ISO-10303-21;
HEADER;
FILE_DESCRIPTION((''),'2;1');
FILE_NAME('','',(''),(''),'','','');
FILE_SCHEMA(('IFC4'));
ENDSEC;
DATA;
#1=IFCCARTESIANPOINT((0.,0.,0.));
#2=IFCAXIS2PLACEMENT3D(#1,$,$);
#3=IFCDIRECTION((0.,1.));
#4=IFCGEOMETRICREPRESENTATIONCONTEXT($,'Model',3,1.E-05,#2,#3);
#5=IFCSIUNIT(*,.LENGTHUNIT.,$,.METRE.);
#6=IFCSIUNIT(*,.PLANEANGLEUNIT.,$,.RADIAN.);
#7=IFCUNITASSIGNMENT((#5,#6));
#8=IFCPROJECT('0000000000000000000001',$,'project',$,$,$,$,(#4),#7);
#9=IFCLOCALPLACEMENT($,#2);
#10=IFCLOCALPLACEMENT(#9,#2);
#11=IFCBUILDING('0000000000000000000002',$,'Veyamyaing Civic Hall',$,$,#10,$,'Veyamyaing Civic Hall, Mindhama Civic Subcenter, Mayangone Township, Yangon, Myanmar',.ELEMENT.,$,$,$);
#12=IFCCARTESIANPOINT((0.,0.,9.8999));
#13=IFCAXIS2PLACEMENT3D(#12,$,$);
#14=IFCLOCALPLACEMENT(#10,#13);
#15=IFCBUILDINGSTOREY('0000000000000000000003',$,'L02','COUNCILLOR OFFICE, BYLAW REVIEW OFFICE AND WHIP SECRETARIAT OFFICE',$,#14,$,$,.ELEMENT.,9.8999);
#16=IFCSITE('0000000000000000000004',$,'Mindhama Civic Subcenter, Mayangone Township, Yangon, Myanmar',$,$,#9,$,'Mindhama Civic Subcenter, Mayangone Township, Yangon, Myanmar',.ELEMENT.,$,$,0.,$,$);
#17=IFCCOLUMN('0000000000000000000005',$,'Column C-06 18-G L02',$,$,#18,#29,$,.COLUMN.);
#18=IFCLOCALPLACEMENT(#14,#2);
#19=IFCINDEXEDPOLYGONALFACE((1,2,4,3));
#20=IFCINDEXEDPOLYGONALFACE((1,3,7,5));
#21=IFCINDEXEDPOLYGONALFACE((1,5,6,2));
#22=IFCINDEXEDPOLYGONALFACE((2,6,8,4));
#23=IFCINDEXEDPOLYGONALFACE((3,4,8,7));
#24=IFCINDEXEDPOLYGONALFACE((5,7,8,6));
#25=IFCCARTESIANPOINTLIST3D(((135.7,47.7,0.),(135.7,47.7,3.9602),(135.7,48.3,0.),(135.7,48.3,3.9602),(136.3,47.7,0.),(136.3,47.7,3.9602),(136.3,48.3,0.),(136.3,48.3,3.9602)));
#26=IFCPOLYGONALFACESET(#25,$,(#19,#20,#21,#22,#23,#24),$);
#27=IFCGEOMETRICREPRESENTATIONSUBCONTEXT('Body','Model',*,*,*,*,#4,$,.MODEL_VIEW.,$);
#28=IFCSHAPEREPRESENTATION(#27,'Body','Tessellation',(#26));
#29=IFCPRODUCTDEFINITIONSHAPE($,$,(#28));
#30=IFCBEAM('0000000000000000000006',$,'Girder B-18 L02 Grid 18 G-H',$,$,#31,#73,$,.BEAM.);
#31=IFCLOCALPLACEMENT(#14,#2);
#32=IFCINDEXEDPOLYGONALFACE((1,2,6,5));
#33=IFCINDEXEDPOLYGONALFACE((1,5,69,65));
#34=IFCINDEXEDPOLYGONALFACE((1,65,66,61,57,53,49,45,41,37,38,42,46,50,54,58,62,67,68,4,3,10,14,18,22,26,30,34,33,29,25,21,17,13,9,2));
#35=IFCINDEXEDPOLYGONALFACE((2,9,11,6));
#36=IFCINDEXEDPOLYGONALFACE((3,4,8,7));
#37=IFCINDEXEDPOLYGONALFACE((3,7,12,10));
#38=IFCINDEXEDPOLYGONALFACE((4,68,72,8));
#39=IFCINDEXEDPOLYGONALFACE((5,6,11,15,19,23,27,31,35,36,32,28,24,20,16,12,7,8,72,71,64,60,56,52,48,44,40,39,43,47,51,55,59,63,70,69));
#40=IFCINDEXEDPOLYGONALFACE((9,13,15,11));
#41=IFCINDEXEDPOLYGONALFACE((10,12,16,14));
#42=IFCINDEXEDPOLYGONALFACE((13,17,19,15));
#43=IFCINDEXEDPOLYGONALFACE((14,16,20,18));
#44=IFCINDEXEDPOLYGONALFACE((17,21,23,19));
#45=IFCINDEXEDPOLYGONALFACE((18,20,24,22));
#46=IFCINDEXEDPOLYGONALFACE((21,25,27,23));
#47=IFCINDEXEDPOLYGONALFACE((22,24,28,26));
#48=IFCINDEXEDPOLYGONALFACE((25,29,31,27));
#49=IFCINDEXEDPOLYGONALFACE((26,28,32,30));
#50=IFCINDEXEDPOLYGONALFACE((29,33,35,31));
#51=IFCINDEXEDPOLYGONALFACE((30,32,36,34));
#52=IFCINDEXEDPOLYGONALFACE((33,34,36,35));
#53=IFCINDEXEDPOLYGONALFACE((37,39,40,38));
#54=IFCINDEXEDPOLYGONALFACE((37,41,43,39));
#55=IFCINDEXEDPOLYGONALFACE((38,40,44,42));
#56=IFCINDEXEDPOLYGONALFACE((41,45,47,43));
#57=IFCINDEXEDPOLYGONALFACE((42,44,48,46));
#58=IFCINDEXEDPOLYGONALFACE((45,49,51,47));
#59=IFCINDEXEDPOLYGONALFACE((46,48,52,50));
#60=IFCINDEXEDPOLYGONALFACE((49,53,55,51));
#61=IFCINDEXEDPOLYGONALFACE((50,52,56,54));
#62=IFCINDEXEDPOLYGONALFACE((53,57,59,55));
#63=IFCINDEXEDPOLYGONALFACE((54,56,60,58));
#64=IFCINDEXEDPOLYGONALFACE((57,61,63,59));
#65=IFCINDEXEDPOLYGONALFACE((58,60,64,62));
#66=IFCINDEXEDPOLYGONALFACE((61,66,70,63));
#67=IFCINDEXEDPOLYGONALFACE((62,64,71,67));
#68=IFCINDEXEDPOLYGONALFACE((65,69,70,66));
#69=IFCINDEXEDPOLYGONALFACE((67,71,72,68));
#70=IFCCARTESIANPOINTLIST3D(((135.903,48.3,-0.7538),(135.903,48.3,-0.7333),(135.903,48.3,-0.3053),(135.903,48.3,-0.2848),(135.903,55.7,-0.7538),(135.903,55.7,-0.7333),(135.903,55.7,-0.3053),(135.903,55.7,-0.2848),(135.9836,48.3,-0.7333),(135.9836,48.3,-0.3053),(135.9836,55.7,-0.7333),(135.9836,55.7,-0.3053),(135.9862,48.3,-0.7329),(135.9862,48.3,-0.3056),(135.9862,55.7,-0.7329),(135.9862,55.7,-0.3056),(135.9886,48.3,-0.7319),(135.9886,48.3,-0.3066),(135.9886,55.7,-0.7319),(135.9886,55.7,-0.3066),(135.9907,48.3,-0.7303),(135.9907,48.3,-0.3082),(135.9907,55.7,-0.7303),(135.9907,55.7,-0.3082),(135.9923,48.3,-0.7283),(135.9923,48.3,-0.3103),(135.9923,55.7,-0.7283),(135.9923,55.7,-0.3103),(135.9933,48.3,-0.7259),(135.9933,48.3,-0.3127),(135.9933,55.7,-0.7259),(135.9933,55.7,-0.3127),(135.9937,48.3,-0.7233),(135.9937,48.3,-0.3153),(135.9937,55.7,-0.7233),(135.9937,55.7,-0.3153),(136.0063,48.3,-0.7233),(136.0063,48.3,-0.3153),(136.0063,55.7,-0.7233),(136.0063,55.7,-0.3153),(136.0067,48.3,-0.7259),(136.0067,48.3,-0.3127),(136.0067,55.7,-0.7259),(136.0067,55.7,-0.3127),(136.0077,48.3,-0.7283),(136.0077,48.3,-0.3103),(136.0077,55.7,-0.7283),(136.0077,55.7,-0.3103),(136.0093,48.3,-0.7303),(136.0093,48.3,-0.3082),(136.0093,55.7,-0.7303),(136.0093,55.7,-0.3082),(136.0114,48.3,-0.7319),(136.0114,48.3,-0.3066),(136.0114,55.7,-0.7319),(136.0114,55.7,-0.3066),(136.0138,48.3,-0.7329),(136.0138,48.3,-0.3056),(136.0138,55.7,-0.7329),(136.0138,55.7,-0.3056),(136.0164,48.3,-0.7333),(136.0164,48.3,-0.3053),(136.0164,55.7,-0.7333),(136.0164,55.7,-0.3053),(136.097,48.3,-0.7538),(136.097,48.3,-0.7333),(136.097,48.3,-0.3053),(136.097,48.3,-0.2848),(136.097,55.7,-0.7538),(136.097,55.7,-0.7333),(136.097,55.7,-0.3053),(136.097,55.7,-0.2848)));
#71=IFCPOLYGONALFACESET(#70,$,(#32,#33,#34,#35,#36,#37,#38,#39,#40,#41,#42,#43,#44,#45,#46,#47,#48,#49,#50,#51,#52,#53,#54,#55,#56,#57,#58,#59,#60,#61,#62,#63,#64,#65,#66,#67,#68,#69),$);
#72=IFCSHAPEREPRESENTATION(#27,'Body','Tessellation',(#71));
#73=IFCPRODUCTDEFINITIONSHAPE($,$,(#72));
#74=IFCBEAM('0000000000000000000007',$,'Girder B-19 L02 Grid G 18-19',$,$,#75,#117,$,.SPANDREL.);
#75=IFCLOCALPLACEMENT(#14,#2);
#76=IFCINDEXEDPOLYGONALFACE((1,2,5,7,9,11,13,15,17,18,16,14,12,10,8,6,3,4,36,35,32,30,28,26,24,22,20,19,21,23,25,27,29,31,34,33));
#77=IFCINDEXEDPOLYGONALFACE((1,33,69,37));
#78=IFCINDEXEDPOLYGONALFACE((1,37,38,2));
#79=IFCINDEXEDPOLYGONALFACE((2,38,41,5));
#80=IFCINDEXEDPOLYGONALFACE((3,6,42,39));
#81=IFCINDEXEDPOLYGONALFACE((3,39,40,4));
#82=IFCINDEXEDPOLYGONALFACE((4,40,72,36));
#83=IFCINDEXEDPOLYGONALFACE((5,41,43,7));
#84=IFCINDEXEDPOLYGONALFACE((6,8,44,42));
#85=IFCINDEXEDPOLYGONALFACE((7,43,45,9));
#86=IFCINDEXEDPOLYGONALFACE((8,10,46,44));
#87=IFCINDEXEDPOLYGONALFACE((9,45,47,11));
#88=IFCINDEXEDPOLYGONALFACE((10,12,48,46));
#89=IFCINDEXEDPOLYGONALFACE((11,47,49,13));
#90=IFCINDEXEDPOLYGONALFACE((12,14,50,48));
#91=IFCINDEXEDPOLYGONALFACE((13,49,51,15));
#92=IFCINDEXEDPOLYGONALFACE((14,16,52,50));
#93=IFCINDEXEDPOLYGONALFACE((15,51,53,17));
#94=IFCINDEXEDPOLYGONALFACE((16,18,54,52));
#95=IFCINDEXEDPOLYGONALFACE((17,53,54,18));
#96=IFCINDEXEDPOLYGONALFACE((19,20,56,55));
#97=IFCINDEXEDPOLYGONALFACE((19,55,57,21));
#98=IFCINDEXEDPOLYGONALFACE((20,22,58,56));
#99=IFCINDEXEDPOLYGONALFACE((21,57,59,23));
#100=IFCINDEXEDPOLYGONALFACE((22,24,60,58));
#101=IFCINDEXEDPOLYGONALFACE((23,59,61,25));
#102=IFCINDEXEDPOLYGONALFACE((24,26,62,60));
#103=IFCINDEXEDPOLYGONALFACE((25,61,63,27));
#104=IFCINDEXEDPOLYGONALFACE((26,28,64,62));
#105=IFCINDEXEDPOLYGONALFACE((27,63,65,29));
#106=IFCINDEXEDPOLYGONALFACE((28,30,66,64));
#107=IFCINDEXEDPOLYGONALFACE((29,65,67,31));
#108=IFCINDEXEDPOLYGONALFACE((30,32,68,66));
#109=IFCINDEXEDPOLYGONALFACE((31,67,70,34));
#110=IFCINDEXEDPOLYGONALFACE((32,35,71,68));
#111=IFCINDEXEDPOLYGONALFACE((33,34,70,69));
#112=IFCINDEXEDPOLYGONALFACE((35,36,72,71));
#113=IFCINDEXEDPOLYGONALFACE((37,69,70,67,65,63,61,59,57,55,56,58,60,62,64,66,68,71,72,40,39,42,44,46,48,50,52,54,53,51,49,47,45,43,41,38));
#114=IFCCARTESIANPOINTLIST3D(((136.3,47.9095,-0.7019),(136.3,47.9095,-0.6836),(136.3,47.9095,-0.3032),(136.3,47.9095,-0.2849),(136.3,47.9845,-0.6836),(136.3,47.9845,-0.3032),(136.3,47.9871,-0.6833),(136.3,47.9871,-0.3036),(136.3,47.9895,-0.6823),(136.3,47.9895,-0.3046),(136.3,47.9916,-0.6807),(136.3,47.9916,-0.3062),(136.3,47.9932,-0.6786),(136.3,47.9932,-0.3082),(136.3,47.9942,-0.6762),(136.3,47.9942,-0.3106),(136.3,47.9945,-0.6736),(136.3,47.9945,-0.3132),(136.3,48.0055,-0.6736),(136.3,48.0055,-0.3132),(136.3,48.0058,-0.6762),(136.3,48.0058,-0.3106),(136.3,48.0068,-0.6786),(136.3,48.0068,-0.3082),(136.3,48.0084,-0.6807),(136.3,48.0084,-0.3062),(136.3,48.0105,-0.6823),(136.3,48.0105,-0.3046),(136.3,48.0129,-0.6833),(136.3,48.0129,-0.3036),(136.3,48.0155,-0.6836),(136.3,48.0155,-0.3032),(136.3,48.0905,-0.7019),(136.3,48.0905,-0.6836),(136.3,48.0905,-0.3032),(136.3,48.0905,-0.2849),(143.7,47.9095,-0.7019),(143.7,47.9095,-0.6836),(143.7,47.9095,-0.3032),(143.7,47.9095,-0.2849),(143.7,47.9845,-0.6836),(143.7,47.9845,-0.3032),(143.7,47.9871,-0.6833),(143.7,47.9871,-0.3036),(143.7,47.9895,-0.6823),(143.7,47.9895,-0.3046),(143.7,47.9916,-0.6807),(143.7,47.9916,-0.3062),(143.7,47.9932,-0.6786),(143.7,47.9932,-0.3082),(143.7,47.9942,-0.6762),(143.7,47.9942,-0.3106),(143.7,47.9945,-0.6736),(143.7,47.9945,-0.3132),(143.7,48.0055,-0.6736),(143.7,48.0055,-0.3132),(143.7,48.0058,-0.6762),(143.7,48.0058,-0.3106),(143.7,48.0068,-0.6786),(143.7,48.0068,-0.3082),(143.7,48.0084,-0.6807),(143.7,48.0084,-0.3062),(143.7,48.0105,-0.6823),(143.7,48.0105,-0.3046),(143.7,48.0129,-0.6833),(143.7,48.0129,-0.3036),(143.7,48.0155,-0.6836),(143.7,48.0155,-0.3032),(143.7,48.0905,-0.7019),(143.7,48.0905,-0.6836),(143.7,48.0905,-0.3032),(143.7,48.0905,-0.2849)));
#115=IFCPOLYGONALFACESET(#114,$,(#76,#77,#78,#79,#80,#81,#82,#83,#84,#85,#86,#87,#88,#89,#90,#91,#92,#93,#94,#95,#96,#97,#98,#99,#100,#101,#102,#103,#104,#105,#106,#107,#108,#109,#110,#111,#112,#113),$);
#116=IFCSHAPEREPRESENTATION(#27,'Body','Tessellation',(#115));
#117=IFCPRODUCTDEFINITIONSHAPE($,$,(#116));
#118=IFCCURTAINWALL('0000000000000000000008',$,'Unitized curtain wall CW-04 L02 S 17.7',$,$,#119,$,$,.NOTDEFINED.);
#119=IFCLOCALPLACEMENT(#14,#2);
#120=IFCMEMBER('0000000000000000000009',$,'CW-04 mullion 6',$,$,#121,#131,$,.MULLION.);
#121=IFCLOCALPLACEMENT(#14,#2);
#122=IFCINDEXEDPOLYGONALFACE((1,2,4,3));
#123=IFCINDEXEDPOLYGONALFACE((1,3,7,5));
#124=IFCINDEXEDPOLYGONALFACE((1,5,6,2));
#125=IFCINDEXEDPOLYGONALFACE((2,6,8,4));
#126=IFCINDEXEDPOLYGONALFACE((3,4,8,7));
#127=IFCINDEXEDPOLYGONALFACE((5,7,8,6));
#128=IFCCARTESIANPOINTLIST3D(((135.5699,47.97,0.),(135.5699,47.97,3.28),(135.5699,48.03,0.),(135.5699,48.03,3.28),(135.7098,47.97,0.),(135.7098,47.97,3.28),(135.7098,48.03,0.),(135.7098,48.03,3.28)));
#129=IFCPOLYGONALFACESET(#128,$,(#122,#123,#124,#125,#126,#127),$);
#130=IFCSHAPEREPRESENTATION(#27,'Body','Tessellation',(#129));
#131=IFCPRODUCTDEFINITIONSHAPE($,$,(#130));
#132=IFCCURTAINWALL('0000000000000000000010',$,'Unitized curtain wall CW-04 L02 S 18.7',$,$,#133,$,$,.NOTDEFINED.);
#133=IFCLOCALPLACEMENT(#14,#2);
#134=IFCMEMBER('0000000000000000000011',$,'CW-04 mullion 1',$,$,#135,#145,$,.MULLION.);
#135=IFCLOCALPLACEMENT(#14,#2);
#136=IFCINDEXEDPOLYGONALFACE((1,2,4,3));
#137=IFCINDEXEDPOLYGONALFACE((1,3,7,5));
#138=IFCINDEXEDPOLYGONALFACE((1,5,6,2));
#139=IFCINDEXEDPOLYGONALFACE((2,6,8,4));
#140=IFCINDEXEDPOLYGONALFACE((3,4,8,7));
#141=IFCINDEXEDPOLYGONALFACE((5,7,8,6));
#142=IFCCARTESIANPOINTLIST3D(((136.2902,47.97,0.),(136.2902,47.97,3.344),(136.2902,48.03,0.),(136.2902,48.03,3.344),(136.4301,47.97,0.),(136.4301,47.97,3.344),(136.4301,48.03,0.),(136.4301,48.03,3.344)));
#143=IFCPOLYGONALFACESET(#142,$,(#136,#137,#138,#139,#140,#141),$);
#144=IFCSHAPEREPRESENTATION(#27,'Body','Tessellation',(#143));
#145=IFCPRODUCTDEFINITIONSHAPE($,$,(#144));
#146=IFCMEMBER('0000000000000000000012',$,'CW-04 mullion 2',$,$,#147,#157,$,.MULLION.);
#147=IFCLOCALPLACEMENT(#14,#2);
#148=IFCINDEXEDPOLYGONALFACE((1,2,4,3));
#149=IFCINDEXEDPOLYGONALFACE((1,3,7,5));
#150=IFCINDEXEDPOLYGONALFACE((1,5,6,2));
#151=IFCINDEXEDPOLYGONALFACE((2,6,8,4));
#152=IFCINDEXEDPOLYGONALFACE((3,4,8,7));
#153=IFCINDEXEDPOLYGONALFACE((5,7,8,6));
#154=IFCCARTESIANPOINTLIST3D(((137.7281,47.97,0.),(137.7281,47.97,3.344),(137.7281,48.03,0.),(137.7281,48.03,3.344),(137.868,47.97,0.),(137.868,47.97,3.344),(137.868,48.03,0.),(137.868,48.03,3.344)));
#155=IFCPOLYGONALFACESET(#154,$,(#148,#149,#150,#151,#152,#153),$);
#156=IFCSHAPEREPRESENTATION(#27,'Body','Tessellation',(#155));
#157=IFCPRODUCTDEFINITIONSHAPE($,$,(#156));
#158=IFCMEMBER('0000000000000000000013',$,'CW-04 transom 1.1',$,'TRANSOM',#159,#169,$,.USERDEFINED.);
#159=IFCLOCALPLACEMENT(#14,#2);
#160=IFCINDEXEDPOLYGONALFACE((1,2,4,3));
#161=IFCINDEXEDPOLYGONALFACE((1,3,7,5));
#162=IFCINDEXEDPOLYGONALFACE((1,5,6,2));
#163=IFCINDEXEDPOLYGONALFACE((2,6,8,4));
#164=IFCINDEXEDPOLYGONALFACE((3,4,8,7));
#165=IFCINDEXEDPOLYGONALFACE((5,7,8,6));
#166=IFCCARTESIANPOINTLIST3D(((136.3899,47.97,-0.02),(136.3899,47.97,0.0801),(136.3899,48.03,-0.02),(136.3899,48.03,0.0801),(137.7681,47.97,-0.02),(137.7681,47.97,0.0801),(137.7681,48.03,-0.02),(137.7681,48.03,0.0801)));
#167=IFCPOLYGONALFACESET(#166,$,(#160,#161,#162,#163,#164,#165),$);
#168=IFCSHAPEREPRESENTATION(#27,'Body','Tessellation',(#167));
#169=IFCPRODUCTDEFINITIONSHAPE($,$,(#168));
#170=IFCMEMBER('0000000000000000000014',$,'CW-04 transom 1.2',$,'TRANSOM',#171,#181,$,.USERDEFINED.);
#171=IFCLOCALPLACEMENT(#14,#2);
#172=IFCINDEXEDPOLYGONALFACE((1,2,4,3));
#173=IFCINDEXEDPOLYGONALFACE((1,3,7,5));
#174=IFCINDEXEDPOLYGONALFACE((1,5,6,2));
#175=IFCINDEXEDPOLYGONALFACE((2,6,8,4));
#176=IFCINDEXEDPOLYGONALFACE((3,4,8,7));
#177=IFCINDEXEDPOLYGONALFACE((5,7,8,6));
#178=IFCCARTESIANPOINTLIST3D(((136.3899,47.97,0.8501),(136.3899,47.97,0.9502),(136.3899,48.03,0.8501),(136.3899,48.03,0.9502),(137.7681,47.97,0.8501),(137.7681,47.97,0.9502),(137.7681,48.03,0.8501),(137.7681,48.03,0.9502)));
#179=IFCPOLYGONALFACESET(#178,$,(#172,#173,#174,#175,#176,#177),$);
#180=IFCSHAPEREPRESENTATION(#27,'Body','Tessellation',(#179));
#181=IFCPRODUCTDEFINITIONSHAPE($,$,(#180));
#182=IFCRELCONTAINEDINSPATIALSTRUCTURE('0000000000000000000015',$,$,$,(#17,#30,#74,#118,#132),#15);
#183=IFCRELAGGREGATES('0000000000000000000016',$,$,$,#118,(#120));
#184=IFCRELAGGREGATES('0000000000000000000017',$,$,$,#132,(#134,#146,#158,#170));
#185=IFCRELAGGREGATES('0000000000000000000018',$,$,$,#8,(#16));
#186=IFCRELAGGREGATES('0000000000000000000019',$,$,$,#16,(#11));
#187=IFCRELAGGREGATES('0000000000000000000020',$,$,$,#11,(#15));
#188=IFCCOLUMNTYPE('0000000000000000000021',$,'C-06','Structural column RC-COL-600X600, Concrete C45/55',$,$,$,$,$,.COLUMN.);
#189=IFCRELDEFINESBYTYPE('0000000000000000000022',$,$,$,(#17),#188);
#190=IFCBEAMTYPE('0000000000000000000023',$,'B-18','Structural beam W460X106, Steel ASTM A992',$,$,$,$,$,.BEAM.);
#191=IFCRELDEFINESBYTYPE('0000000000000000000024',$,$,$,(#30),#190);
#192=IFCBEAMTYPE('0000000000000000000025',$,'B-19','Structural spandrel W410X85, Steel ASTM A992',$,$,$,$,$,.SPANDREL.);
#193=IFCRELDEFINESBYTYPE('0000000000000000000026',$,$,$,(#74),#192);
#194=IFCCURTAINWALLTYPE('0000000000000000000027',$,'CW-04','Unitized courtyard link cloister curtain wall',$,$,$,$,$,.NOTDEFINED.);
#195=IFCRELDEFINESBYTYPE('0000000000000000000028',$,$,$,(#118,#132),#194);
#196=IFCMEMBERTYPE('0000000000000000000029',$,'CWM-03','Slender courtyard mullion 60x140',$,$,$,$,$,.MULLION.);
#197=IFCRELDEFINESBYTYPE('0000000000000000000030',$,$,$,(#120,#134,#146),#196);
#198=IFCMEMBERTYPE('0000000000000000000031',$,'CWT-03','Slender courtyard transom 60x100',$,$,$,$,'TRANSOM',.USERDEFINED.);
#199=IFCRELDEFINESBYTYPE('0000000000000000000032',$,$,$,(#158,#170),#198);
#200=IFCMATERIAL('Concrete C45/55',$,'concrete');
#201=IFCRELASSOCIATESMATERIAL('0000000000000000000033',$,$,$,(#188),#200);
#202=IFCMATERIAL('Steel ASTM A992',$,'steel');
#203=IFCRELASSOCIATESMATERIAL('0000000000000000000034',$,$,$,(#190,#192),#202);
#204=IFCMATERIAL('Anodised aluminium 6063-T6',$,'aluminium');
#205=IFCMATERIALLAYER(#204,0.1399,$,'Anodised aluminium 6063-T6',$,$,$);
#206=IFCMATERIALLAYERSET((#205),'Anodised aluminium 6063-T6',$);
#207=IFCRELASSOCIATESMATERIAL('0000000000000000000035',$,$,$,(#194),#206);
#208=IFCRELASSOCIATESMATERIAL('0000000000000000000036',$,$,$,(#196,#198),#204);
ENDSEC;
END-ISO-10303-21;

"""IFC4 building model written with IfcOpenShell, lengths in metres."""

from ifc_helpers import new_model, si_unit, direction, frame, origin, origin_2d, place, context, subcontext, project, spatial, rectangle, i_section, extrude, material, layer, layer_set, material_profile, profile_set, type_object, element, aggregate, save


model = new_model("IFC4")

# Units and contexts
model_context = context("Model", 3, precision=1e-05, world=origin(), true_north=direction((0.0, 1.0)))
body_context = subcontext(model_context, "Body", "Model", "MODEL_VIEW")
ifc_project = project(units=[si_unit("LENGTHUNIT", "METRE"), si_unit("PLANEANGLEUNIT", "RADIAN")], contexts=[model_context])

# Site, building, storey
site_placement = place(None, origin())
site = spatial("IfcSite", under=ifc_project, at=site_placement, Name="Mindhama Civic Subcenter, Mayangone Township, Yangon, Myanmar", LongName="Mindhama Civic Subcenter, Mayangone Township, Yangon, Myanmar", CompositionType="ELEMENT", RefElevation=0.0)
building_placement = place(site_placement, origin())
building = spatial("IfcBuilding", under=site, at=building_placement, Name="Veyamyaing Civic Hall", LongName="Veyamyaing Civic Hall, Mindhama Civic Subcenter, Mayangone Township, Yangon, Myanmar", CompositionType="ELEMENT")
storey_placement = place(building_placement, frame((0.0, 0.0, 9.8999)))
storey = spatial("IfcBuildingStorey", under=building, at=storey_placement, Name="L02", Description="COUNCILLOR OFFICE, BYLAW REVIEW OFFICE AND WHIP SECRETARIAT OFFICE", CompositionType="ELEMENT", Elevation=9.8999)

# Column
ifc_material_1 = material(Name="Concrete C45/55", Category="concrete")
ifc_material_profile_1 = material_profile(ifc_material_1, rectangle(XDim=0.6001, YDim=0.6001, at=origin_2d()), Name="RC-COL-600X600")
ifc_profile_set_1 = profile_set([ifc_material_profile_1], Name="Concrete C45/55")
column_type = type_object("IfcColumnType", Name="C-06", Description="Structural column RC-COL-600X600, Concrete C45/55", PredefinedType="COLUMN", material=ifc_profile_set_1)
column_placement = place(storey_placement, frame((136.0, 48.0, 0.0), z_axis=(0.0, 0.0, 1.0), x_axis=(1.0, 0.0, 0.0)))
element("IfcColumn", 1, at=column_placement, inside=storey, type_object=column_type, Name="Column C-06 18-G L02", PredefinedType="COLUMN", context=body_context, shape_type="SweptSolid", body=[
    extrude(rectangle(XDim=0.6001, YDim=0.6001, at=origin_2d()), origin(), (0.0, 0.0, 1.0), 3.9602),
])

# Beams
ifc_material_2 = material(Name="Steel ASTM A992", Category="steel")
ifc_material_profile_2 = material_profile(ifc_material_2, i_section(OverallWidth=0.1941, OverallDepth=0.469, WebThickness=0.0127, FlangeThickness=0.0205, FilletRadius=0.01, at=origin_2d()), Name="W460X106")
ifc_profile_set_2 = profile_set([ifc_material_profile_2], Name="Steel ASTM A992")
beam_type_1 = type_object("IfcBeamType", Name="B-18", Description="Structural beam W460X106, Steel ASTM A992", PredefinedType="BEAM", material=ifc_profile_set_2)
beam_1_placement = place(storey_placement, frame((136.0, 48.3, -0.5193), z_axis=(0.0, 1.0, 0.0), x_axis=(-1.0, 0.0, 0.0)))
element("IfcBeam", 2, at=beam_1_placement, inside=storey, type_object=beam_type_1, Name="Girder B-18 L02 Grid 18 G-H", PredefinedType="BEAM", context=body_context, shape_type="SweptSolid", body=[
    extrude(i_section(OverallWidth=0.1941, OverallDepth=0.469, WebThickness=0.0127, FlangeThickness=0.0205, FilletRadius=0.01, at=origin_2d()), origin(), (0.0, 0.0, 1.0), 7.3999),
])
ifc_material_profile_3 = material_profile(ifc_material_2, i_section(OverallWidth=0.1809, OverallDepth=0.417, WebThickness=0.011, FlangeThickness=0.0183, FilletRadius=0.01, at=origin_2d()), Name="W410X85")
ifc_profile_set_3 = profile_set([ifc_material_profile_3], Name="Steel ASTM A992")
beam_type_2 = type_object("IfcBeamType", Name="B-19", Description="Structural spandrel W410X85, Steel ASTM A992", PredefinedType="SPANDREL", material=ifc_profile_set_3)
beam_2_placement = place(storey_placement, frame((136.3, 48.0, -0.4934), z_axis=(1.0, 0.0, 0.0), x_axis=(0.0, 1.0, 0.0)))
element("IfcBeam", 3, at=beam_2_placement, inside=storey, type_object=beam_type_2, Name="Girder B-19 L02 Grid G 18-19", PredefinedType="SPANDREL", context=body_context, shape_type="SweptSolid", body=[
    extrude(i_section(OverallWidth=0.1809, OverallDepth=0.417, WebThickness=0.011, FlangeThickness=0.0183, FilletRadius=0.01, at=origin_2d()), origin(), (0.0, 0.0, 1.0), 7.3999),
])

# Curtain wall, member
ifc_material_3 = material(Name="Anodised aluminium 6063-T6", Category="aluminium")
ifc_layer_1 = layer(ifc_material_3, 0.1399, Name="Anodised aluminium 6063-T6")
ifc_layer_set_1 = layer_set([ifc_layer_1], Name="Anodised aluminium 6063-T6")
curtain_wall_type = type_object("IfcCurtainWallType", Name="CW-04", Description="Unitized courtyard link cloister curtain wall", PredefinedType="NOTDEFINED", material=ifc_layer_set_1)
curtain_wall_1_placement = place(storey_placement, origin())
curtain_wall_1 = element("IfcCurtainWall", 4, at=curtain_wall_1_placement, inside=storey, type_object=curtain_wall_type, Name="Unitized curtain wall CW-04 L02 S 17.7", PredefinedType="NOTDEFINED")
ifc_material_profile_4 = material_profile(ifc_material_3, rectangle(XDim=0.0601, YDim=0.1399, at=origin_2d()), Name="ALU-MUL-60X140")
ifc_profile_set_4 = profile_set([ifc_material_profile_4], Name="Anodised aluminium 6063-T6")
member_type_1 = type_object("IfcMemberType", Name="CWM-03", Description="Slender courtyard mullion 60x140", PredefinedType="MULLION", material=ifc_profile_set_4)
member_1_placement = place(storey_placement, frame((135.6399, 48.0, 0.0), z_axis=(0.0, 0.0, 1.0), x_axis=(0.0, 1.0, 0.0)))
member_1 = element("IfcMember", 5, at=member_1_placement, type_object=member_type_1, Name="CW-04 mullion 6", PredefinedType="MULLION", context=body_context, shape_type="SweptSolid", body=[
    extrude(rectangle(XDim=0.0601, YDim=0.1399, at=origin_2d()), origin(), (0.0, 0.0, 1.0), 3.28),
])

# Curtain wall, members
curtain_wall_2_placement = place(storey_placement, origin())
curtain_wall_2 = element("IfcCurtainWall", 6, at=curtain_wall_2_placement, inside=storey, type_object=curtain_wall_type, Name="Unitized curtain wall CW-04 L02 S 18.7", PredefinedType="NOTDEFINED")
member_2_placement = place(storey_placement, frame((136.3601, 48.0, 0.0), z_axis=(0.0, 0.0, 1.0), x_axis=(0.0, 1.0, 0.0)))
member_2 = element("IfcMember", 7, at=member_2_placement, type_object=member_type_1, Name="CW-04 mullion 1", PredefinedType="MULLION", context=body_context, shape_type="SweptSolid", body=[
    extrude(rectangle(XDim=0.0601, YDim=0.1399, at=origin_2d()), origin(), (0.0, 0.0, 1.0), 3.344),
])
member_3_placement = place(storey_placement, frame((137.7981, 48.0, 0.0), z_axis=(0.0, 0.0, 1.0), x_axis=(0.0, 1.0, 0.0)))
member_3 = element("IfcMember", 8, at=member_3_placement, type_object=member_type_1, Name="CW-04 mullion 2", PredefinedType="MULLION", context=body_context, shape_type="SweptSolid", body=[
    extrude(rectangle(XDim=0.0601, YDim=0.1399, at=origin_2d()), origin(), (0.0, 0.0, 1.0), 3.344),
])
ifc_material_profile_5 = material_profile(ifc_material_3, rectangle(XDim=0.0601, YDim=0.1001, at=origin_2d()), Name="ALU-TRN-60X100")
ifc_profile_set_5 = profile_set([ifc_material_profile_5], Name="Anodised aluminium 6063-T6")
member_type_2 = type_object("IfcMemberType", Name="CWT-03", Description="Slender courtyard transom 60x100", ElementType="TRANSOM", PredefinedType="USERDEFINED", material=ifc_profile_set_5)
member_4_placement = place(storey_placement, frame((136.3899, 48.0, 0.03), z_axis=(1.0, 0.0, 0.0), x_axis=(0.0, 1.0, 0.0)))
member_4 = element("IfcMember", 9, at=member_4_placement, type_object=member_type_2, Name="CW-04 transom 1.1", ObjectType="TRANSOM", PredefinedType="USERDEFINED", context=body_context, shape_type="SweptSolid", body=[
    extrude(rectangle(XDim=0.0601, YDim=0.1001, at=origin_2d()), origin(), (0.0, 0.0, 1.0), 1.3782),
])
member_5_placement = place(storey_placement, frame((136.3899, 48.0, 0.9001), z_axis=(1.0, 0.0, 0.0), x_axis=(0.0, 1.0, 0.0)))
member_5 = element("IfcMember", 10, at=member_5_placement, type_object=member_type_2, Name="CW-04 transom 1.2", ObjectType="TRANSOM", PredefinedType="USERDEFINED", context=body_context, shape_type="SweptSolid", body=[
    extrude(rectangle(XDim=0.0601, YDim=0.1001, at=origin_2d()), origin(), (0.0, 0.0, 1.0), 1.3782),
])

aggregate(curtain_wall_1, [member_1])
aggregate(curtain_wall_2, [member_2, member_3, member_4, member_5])

save(model, "model.ifc")
